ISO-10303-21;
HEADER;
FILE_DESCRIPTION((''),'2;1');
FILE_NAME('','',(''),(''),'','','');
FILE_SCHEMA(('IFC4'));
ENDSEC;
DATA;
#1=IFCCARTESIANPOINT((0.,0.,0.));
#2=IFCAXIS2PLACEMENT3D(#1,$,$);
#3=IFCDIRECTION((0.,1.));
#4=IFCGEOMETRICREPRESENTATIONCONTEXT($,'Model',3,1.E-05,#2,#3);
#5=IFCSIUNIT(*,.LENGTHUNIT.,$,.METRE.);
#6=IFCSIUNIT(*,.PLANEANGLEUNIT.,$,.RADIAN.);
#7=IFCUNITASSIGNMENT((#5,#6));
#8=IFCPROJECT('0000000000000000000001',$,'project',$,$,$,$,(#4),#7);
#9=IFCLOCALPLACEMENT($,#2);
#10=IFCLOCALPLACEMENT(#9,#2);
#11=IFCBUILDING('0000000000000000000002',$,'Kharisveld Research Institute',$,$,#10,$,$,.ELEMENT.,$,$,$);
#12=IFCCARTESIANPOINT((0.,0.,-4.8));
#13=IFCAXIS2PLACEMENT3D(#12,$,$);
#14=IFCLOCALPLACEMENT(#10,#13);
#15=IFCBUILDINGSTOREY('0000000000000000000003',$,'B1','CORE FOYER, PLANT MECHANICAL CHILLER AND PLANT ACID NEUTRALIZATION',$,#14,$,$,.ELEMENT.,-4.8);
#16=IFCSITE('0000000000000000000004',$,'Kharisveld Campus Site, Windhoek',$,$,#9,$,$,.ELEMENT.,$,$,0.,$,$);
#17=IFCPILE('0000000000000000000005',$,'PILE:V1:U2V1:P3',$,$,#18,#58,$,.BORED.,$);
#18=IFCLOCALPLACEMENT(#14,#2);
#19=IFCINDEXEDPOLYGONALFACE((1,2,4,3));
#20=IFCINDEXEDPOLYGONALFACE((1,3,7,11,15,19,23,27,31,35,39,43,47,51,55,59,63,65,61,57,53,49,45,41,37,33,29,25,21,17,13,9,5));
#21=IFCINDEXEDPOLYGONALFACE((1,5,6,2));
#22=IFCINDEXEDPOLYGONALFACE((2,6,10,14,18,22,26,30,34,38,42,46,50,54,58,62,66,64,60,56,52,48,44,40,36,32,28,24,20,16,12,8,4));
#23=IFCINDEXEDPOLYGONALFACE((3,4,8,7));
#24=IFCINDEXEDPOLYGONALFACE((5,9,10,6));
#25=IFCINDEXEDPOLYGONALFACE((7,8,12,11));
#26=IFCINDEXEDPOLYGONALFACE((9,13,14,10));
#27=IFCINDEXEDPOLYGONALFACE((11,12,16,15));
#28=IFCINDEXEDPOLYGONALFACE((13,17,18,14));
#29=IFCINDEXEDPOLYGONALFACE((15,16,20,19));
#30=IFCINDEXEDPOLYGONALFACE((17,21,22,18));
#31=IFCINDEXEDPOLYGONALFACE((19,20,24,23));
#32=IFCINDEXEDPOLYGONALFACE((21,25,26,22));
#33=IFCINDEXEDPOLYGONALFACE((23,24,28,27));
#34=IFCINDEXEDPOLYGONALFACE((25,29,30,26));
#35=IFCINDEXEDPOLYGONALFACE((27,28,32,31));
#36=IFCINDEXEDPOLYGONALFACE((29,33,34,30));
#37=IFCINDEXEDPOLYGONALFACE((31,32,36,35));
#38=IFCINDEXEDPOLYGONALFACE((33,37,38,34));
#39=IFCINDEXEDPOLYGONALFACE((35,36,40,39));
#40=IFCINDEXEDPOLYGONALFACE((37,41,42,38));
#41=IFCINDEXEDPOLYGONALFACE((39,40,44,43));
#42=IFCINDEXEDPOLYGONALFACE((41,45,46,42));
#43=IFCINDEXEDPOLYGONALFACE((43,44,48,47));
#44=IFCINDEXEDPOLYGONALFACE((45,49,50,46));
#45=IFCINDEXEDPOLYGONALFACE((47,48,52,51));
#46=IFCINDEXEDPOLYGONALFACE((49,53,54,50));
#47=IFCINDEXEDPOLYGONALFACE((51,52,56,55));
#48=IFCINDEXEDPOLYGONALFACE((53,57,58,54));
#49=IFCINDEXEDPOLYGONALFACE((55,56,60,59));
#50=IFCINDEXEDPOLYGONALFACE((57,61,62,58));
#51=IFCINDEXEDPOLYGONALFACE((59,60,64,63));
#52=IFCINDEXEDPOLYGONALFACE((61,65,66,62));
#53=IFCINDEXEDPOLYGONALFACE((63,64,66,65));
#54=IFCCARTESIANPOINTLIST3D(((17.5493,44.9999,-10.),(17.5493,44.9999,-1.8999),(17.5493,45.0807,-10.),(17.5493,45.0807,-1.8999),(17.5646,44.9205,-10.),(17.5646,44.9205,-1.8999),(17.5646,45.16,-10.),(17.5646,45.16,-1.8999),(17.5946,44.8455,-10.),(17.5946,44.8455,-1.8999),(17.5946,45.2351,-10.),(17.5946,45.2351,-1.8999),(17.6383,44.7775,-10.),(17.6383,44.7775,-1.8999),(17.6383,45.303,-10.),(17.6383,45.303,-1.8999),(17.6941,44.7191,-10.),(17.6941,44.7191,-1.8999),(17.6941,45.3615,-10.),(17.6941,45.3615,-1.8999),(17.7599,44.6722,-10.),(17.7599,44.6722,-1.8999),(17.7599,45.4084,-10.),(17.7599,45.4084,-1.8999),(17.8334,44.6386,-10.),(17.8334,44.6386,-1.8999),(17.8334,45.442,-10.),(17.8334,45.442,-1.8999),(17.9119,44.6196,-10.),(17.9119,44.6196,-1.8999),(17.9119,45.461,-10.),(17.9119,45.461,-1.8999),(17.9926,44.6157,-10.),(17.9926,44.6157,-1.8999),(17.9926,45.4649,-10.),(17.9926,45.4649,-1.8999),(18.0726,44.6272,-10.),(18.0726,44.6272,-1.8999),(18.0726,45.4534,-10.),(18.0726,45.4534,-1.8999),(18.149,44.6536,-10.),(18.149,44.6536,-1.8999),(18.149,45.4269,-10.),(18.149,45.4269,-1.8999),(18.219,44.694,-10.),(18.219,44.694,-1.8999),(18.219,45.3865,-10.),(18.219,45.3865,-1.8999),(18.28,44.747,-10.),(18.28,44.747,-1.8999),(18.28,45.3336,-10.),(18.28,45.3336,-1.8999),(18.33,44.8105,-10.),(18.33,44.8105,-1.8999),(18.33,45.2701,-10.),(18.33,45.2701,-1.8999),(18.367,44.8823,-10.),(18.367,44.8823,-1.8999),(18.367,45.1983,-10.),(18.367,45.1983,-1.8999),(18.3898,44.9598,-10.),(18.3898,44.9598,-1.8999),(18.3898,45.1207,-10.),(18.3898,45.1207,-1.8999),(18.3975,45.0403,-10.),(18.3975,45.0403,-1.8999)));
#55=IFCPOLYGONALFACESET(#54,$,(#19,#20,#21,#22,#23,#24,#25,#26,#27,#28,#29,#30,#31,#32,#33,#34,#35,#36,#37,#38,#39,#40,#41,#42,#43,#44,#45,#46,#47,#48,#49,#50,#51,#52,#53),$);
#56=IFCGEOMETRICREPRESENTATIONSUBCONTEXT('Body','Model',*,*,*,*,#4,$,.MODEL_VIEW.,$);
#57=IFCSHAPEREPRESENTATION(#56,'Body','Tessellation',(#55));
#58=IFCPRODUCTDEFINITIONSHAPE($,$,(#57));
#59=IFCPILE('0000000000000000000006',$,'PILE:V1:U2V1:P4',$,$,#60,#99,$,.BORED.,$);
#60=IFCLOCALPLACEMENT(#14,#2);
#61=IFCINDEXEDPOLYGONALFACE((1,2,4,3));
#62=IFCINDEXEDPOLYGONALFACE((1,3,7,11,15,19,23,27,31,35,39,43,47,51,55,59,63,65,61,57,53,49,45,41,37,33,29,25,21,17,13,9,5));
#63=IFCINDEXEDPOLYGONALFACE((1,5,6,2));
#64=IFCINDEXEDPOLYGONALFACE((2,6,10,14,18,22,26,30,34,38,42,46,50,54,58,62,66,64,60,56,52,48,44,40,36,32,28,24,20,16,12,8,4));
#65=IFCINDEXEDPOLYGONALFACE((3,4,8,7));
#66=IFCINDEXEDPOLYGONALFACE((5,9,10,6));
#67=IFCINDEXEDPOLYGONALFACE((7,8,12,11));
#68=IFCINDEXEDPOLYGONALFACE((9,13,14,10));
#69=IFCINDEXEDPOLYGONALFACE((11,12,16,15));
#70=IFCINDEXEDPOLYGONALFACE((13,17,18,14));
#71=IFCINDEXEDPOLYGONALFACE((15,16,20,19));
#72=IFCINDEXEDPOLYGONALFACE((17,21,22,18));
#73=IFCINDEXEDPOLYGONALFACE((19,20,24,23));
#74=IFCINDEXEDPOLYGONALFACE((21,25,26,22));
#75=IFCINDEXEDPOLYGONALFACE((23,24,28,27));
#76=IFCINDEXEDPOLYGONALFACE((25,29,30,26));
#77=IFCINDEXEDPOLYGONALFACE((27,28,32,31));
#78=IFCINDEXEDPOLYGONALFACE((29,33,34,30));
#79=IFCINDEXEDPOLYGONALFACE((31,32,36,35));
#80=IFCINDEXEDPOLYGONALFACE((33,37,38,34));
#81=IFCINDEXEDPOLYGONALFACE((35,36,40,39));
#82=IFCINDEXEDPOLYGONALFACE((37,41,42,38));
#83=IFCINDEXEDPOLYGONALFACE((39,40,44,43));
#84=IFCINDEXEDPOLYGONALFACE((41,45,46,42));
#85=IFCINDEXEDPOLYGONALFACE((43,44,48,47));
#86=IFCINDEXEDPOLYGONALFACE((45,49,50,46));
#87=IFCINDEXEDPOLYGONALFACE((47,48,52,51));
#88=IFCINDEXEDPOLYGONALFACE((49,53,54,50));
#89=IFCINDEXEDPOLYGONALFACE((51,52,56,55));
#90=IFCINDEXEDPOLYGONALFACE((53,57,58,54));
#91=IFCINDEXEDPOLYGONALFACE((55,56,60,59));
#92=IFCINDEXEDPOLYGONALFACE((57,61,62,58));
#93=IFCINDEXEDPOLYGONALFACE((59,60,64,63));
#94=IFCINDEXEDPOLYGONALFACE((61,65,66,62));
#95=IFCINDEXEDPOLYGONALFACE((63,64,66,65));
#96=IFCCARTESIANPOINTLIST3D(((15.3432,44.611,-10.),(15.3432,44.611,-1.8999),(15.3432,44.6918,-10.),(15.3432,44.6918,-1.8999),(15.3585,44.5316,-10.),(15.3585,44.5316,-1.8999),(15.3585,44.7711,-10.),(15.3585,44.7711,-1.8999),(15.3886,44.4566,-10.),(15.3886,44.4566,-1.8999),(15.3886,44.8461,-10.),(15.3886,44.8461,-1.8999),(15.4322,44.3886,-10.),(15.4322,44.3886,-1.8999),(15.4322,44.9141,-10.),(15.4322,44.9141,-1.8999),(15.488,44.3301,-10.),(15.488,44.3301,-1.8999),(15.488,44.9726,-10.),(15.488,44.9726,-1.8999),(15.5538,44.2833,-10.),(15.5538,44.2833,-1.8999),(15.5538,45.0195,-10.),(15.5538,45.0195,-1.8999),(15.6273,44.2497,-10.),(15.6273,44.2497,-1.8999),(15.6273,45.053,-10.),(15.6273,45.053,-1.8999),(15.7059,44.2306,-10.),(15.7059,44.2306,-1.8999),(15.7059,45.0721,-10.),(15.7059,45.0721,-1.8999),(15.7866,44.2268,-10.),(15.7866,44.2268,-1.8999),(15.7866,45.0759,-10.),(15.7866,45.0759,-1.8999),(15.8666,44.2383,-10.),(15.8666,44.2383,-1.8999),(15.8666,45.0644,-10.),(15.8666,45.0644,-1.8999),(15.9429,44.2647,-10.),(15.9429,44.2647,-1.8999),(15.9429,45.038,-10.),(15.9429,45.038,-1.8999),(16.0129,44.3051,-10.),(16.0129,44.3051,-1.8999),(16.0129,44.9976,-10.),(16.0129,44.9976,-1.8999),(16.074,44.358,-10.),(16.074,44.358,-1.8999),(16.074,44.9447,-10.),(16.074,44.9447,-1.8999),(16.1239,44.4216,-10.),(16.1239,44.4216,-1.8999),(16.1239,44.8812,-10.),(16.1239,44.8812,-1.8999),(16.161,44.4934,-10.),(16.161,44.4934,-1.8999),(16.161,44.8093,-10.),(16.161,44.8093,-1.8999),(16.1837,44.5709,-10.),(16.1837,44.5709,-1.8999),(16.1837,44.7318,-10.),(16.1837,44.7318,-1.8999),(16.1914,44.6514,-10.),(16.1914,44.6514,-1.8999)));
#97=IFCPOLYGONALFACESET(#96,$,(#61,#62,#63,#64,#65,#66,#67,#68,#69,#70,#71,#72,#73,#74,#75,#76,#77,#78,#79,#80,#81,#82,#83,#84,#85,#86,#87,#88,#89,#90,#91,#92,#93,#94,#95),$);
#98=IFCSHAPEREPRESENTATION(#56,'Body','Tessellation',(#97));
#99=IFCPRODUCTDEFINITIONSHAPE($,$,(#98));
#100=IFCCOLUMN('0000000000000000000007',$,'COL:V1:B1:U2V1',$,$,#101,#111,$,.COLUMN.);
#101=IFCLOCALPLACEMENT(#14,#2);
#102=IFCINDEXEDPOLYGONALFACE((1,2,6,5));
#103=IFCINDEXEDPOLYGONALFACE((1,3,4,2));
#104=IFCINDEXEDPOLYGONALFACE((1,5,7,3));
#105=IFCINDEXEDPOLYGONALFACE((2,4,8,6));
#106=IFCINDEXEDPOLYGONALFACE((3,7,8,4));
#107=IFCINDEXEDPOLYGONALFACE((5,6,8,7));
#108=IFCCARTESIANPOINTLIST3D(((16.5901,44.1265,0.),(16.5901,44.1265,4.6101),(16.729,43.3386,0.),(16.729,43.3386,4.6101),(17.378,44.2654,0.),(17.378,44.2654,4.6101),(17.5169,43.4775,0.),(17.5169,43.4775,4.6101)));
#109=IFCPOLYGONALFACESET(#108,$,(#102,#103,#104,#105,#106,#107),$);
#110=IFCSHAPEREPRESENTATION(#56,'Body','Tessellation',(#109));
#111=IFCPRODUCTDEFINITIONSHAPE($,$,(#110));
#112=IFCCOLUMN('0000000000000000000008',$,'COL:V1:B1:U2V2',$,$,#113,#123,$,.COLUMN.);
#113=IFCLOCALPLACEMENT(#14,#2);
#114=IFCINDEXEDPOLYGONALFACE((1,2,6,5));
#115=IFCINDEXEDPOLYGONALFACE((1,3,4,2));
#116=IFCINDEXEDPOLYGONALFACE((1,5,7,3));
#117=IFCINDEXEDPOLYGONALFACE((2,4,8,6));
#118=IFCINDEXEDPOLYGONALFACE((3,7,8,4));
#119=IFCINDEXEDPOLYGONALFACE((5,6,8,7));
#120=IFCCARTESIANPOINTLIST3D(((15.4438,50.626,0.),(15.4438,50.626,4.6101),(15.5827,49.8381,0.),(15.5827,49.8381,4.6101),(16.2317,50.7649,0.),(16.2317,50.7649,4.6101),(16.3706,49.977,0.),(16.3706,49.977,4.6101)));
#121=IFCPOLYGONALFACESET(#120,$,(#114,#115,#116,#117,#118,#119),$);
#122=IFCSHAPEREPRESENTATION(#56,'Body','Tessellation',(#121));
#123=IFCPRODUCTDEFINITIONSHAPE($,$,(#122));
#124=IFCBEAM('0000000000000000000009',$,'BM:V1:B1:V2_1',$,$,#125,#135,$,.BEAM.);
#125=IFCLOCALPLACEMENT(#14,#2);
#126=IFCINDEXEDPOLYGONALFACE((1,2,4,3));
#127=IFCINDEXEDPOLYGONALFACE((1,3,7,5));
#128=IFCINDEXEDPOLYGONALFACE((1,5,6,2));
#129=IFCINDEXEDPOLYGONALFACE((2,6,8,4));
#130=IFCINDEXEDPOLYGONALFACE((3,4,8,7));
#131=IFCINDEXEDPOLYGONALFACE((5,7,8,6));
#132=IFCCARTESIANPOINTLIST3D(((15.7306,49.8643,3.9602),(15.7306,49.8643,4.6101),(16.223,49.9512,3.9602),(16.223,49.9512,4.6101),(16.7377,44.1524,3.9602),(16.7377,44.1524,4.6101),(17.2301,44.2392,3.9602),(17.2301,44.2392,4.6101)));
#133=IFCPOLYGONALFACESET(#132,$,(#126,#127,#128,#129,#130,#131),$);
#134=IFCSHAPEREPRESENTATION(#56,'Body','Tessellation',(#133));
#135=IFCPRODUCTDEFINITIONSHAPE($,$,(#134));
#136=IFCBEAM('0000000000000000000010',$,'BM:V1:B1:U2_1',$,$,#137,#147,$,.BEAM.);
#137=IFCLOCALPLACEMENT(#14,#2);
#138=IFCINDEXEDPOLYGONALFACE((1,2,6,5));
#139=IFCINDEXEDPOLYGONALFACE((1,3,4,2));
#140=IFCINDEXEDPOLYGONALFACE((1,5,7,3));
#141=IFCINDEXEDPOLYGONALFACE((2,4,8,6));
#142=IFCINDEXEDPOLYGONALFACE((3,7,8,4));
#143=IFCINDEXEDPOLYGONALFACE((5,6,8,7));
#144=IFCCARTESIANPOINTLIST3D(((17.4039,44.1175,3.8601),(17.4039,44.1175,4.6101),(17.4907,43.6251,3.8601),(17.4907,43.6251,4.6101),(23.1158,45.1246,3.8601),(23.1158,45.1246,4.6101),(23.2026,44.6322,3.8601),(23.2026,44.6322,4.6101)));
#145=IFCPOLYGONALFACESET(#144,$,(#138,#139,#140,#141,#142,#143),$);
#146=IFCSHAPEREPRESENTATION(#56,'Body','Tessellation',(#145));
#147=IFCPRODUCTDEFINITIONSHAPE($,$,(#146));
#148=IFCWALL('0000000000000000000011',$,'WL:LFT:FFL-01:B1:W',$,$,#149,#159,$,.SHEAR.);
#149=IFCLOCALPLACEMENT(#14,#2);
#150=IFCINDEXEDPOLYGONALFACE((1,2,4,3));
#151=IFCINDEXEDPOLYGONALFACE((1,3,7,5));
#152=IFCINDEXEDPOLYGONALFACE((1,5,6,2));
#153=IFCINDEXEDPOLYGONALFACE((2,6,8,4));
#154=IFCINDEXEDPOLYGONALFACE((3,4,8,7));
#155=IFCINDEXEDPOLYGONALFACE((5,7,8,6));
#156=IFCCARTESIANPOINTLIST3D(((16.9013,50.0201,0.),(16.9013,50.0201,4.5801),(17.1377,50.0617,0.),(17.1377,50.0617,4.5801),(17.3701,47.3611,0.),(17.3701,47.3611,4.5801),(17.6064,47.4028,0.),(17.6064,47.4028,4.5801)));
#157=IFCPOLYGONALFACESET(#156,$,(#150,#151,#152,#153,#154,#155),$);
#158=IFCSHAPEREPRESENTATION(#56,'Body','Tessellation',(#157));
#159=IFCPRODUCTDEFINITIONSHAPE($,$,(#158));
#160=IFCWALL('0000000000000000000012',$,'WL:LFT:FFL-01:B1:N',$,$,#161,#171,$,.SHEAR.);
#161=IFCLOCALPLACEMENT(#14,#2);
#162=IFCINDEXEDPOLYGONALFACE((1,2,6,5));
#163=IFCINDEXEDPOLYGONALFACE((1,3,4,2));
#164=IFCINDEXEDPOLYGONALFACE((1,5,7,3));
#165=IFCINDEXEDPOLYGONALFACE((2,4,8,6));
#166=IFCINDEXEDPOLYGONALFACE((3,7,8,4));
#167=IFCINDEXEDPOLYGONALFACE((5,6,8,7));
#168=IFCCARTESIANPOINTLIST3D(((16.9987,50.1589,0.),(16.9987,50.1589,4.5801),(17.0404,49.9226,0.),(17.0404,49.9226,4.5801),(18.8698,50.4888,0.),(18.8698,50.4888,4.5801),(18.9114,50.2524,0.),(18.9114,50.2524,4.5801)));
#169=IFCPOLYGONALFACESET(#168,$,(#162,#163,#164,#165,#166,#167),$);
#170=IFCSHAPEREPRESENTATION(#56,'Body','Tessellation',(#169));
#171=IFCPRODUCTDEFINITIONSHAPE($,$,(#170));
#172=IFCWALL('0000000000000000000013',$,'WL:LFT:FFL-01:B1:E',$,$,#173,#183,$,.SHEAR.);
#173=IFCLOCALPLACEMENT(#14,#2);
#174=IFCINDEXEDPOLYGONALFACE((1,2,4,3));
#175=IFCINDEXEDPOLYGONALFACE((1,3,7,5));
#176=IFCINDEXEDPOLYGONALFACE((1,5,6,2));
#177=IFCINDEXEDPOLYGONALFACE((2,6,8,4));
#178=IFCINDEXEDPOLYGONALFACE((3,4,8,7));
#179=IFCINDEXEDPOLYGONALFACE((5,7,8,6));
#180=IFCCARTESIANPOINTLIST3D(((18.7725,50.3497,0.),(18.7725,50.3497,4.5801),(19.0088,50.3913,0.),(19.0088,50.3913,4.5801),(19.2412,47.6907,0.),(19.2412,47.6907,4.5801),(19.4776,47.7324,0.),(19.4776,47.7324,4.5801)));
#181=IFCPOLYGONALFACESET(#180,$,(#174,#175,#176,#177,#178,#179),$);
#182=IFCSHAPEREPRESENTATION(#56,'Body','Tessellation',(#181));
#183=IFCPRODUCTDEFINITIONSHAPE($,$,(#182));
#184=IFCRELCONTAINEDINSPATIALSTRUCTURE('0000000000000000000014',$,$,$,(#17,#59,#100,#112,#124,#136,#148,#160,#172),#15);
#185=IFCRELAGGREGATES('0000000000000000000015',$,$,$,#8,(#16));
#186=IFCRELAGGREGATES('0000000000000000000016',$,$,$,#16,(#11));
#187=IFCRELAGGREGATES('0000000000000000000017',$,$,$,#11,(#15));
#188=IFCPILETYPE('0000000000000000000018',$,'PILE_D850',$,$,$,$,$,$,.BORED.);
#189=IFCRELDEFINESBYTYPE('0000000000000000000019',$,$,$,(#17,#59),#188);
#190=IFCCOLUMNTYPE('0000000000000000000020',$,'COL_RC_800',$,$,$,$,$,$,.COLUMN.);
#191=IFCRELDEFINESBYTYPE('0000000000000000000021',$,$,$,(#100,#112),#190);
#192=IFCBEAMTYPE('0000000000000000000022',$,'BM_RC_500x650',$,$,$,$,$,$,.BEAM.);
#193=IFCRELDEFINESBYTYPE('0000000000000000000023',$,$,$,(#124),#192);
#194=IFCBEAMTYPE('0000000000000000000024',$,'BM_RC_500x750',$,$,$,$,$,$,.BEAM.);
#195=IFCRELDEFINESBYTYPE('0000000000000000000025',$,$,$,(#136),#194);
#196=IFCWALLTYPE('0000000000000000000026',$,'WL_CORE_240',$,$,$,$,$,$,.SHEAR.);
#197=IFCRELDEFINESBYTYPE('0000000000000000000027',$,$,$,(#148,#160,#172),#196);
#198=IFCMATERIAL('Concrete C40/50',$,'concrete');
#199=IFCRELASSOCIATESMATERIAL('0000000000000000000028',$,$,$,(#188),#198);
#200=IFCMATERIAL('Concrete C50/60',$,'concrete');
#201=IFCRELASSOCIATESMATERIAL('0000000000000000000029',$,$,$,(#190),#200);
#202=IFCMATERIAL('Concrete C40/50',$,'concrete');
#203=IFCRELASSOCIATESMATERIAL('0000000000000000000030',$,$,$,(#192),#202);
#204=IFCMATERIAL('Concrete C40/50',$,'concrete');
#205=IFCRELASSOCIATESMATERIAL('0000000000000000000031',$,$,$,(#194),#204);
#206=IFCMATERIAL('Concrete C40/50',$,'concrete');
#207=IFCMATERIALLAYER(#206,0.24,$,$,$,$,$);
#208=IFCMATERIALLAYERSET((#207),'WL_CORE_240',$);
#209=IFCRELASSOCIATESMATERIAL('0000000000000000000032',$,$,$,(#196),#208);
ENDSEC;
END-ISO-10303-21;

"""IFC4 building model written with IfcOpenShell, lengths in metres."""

from ifc_helpers import new_model, si_unit, direction, frame, frame_2d, origin, origin_2d, place, context, subcontext, project, spatial, rectangle, circle, extrude, material, layer, layer_set, material_profile, profile_set, type_object, element, save


model = new_model("IFC4")

# Units and contexts
model_context = context("Model", 3, precision=1e-05, world=origin(), true_north=direction((0.0, 1.0)))
body_context = subcontext(model_context, "Body", "Model", "MODEL_VIEW")
ifc_project = project(units=[si_unit("LENGTHUNIT", "METRE"), si_unit("PLANEANGLEUNIT", "RADIAN")], contexts=[model_context])

# Site, building, storey
site_placement = place(None, origin())
site = spatial("IfcSite", under=ifc_project, at=site_placement, Name="Kharisveld Campus Site, Windhoek", CompositionType="ELEMENT", RefElevation=0.0)
building_placement = place(site_placement, origin())
building = spatial("IfcBuilding", under=site, at=building_placement, Name="Kharisveld Research Institute", CompositionType="ELEMENT")
storey_placement = place(building_placement, frame((0.0, 0.0, -4.8)))
storey = spatial("IfcBuildingStorey", under=building, at=storey_placement, Name="B1", Description="CORE FOYER, PLANT MECHANICAL CHILLER AND PLANT ACID NEUTRALIZATION", CompositionType="ELEMENT", Elevation=-4.8)

# Piles
ifc_material_1 = material(Name="Concrete C40/50", Category="concrete")
ifc_material_profile_1 = material_profile(ifc_material_1, circle(Radius=0.425, at=origin_2d()))
ifc_profile_set_1 = profile_set([ifc_material_profile_1], Name="Concrete C40/50")
pile_type_1 = type_object("IfcPileType", Name="PILE_D850", PredefinedType="BORED", material=ifc_profile_set_1)
for number, where, z_axis, x_axis, name in (
    (1, (17.9724, 45.0403, -1.8999), (0.0, 0.0, -1.0), (1.0, 0.0, 0.0), "PILE:V1:U2V1:P3"),
    (2, (15.7664, 44.6514, -1.8999), (0.0, 0.0, -1.0), (1.0, 0.0, 0.0), "PILE:V1:U2V1:P4"),
):
    element("IfcPile", number, at=place(storey_placement, frame(where, z_axis=z_axis, x_axis=x_axis)), inside=storey, type_object=pile_type_1, Name=name, PredefinedType="BORED", context=body_context, shape_type="SweptSolid", body=[
        extrude(circle(Radius=0.425, at=origin_2d()), origin(), (0.0, 0.0, 1.0), 8.1001),
    ])

# Columns
ifc_material_2 = material(Name="Concrete C50/60", Category="concrete")
ifc_material_profile_2 = material_profile(ifc_material_2, rectangle(XDim=0.8, YDim=0.8, at=origin_2d()))
ifc_profile_set_2 = profile_set([ifc_material_profile_2], Name="Concrete C50/60")
column_type = type_object("IfcColumnType", Name="COL_RC_800", PredefinedType="COLUMN", material=ifc_profile_set_2)
for number, where, z_axis, x_axis, name in (
    (3, (17.0535, 43.802, 0.0), (0.0, 0.0, 1.0), (0.984808, 0.173648, 0.0), "COL:V1:B1:U2V1"),
    (4, (15.9072, 50.3015, 0.0), (0.0, 0.0, 1.0), (0.984808, 0.173648, 0.0), "COL:V1:B1:U2V2"),
):
    element("IfcColumn", number, at=place(storey_placement, frame(where, z_axis=z_axis, x_axis=x_axis)), inside=storey, type_object=column_type, Name=name, PredefinedType="COLUMN", context=body_context, shape_type="SweptSolid", body=[
        extrude(rectangle(XDim=0.8, YDim=0.8, at=origin_2d()), origin(), (0.0, 0.0, 1.0), 4.6101),
    ])

# Beams
ifc_material_3 = material(Name="Concrete C40/50", Category="concrete")
ifc_material_profile_3 = material_profile(ifc_material_3, rectangle(XDim=0.5, YDim=0.6499, at=origin_2d()))
ifc_profile_set_3 = profile_set([ifc_material_profile_3], Name="Concrete C40/50")
beam_type_1 = type_object("IfcBeamType", Name="BM_RC_500x650", PredefinedType="BEAM", material=ifc_profile_set_3)
beam_1_placement = place(storey_placement, frame((16.9839, 44.1958, 4.2852), z_axis=(-0.173634, 0.98481, 0.0), x_axis=(-0.98481, -0.173634, 0.0)))
element("IfcBeam", 5, at=beam_1_placement, inside=storey, type_object=beam_type_1, Name="BM:V1:B1:V2_1", PredefinedType="BEAM", context=body_context, shape_type="SweptSolid", body=[
    extrude(rectangle(XDim=0.5, YDim=0.6499, at=origin_2d()), origin(), (0.0, 0.0, 1.0), 5.8),
])
ifc_material_4 = material(Name="Concrete C40/50", Category="concrete")
ifc_material_profile_4 = material_profile(ifc_material_4, rectangle(XDim=0.5, YDim=0.75, at=origin_2d()))
ifc_profile_set_4 = profile_set([ifc_material_profile_4], Name="Concrete C40/50")
beam_type_2 = type_object("IfcBeamType", Name="BM_RC_500x750", PredefinedType="BEAM", material=ifc_profile_set_4)
beam_2_placement = place(storey_placement, frame((17.4473, 43.8713, 4.2351), z_axis=(0.98481, 0.173634, 0.0), x_axis=(-0.173634, 0.98481, 0.0)))
element("IfcBeam", 6, at=beam_2_placement, inside=storey, type_object=beam_type_2, Name="BM:V1:B1:U2_1", PredefinedType="BEAM", context=body_context, shape_type="SweptSolid", body=[
    extrude(rectangle(XDim=0.5, YDim=0.75, at=origin_2d()), origin(), (0.0, 0.0, 1.0), 5.8),
])

# Walls
ifc_material_5 = material(Name="Concrete C40/50", Category="concrete")
ifc_layer_1 = layer(ifc_material_5, 0.24)
ifc_layer_set_1 = layer_set([ifc_layer_1], Name="WL_CORE_240")
wall_type_1 = type_object("IfcWallType", Name="WL_CORE_240", PredefinedType="SHEAR", material=ifc_layer_set_1)
wall_1_placement = place(storey_placement, frame((17.4883, 47.3818, 0.0), z_axis=(0.0, 0.0, 1.0), x_axis=(-0.173615, 0.984814, 0.0)))
element("IfcWall", 7, at=wall_1_placement, inside=storey, type_object=wall_type_1, Name="WL:LFT:FFL-01:B1:W", PredefinedType="SHEAR", context=body_context, shape_type="SweptSolid", body=[
    extrude(rectangle(XDim=2.7, YDim=0.24, at=frame_2d((1.3501, 0.0))), origin(), (0.0, 0.0, 1.0), 4.5801),
])
wall_2_placement = place(storey_placement, frame((17.0195, 50.0408, 0.0), z_axis=(0.0, 0.0, 1.0), x_axis=(0.984816, 0.173602, 0.0)))
element("IfcWall", 8, at=wall_2_placement, inside=storey, type_object=wall_type_1, Name="WL:LFT:FFL-01:B1:N", PredefinedType="SHEAR", context=body_context, shape_type="SweptSolid", body=[
    extrude(rectangle(XDim=1.8999, YDim=0.24, at=frame_2d((0.95, 0.0))), origin(), (0.0, 0.0, 1.0), 4.5801),
])
wall_3_placement = place(storey_placement, frame((18.8906, 50.3706, 0.0), z_axis=(0.0, 0.0, 1.0), x_axis=(0.173615, -0.984814, 0.0)))
element("IfcWall", 9, at=wall_3_placement, inside=storey, type_object=wall_type_1, Name="WL:LFT:FFL-01:B1:E", PredefinedType="SHEAR", context=body_context, shape_type="SweptSolid", body=[
    extrude(rectangle(XDim=2.7, YDim=0.24, at=frame_2d((1.3501, 0.0))), origin(), (0.0, 0.0, 1.0), 4.5801),
])

save(model, "model.ifc")
